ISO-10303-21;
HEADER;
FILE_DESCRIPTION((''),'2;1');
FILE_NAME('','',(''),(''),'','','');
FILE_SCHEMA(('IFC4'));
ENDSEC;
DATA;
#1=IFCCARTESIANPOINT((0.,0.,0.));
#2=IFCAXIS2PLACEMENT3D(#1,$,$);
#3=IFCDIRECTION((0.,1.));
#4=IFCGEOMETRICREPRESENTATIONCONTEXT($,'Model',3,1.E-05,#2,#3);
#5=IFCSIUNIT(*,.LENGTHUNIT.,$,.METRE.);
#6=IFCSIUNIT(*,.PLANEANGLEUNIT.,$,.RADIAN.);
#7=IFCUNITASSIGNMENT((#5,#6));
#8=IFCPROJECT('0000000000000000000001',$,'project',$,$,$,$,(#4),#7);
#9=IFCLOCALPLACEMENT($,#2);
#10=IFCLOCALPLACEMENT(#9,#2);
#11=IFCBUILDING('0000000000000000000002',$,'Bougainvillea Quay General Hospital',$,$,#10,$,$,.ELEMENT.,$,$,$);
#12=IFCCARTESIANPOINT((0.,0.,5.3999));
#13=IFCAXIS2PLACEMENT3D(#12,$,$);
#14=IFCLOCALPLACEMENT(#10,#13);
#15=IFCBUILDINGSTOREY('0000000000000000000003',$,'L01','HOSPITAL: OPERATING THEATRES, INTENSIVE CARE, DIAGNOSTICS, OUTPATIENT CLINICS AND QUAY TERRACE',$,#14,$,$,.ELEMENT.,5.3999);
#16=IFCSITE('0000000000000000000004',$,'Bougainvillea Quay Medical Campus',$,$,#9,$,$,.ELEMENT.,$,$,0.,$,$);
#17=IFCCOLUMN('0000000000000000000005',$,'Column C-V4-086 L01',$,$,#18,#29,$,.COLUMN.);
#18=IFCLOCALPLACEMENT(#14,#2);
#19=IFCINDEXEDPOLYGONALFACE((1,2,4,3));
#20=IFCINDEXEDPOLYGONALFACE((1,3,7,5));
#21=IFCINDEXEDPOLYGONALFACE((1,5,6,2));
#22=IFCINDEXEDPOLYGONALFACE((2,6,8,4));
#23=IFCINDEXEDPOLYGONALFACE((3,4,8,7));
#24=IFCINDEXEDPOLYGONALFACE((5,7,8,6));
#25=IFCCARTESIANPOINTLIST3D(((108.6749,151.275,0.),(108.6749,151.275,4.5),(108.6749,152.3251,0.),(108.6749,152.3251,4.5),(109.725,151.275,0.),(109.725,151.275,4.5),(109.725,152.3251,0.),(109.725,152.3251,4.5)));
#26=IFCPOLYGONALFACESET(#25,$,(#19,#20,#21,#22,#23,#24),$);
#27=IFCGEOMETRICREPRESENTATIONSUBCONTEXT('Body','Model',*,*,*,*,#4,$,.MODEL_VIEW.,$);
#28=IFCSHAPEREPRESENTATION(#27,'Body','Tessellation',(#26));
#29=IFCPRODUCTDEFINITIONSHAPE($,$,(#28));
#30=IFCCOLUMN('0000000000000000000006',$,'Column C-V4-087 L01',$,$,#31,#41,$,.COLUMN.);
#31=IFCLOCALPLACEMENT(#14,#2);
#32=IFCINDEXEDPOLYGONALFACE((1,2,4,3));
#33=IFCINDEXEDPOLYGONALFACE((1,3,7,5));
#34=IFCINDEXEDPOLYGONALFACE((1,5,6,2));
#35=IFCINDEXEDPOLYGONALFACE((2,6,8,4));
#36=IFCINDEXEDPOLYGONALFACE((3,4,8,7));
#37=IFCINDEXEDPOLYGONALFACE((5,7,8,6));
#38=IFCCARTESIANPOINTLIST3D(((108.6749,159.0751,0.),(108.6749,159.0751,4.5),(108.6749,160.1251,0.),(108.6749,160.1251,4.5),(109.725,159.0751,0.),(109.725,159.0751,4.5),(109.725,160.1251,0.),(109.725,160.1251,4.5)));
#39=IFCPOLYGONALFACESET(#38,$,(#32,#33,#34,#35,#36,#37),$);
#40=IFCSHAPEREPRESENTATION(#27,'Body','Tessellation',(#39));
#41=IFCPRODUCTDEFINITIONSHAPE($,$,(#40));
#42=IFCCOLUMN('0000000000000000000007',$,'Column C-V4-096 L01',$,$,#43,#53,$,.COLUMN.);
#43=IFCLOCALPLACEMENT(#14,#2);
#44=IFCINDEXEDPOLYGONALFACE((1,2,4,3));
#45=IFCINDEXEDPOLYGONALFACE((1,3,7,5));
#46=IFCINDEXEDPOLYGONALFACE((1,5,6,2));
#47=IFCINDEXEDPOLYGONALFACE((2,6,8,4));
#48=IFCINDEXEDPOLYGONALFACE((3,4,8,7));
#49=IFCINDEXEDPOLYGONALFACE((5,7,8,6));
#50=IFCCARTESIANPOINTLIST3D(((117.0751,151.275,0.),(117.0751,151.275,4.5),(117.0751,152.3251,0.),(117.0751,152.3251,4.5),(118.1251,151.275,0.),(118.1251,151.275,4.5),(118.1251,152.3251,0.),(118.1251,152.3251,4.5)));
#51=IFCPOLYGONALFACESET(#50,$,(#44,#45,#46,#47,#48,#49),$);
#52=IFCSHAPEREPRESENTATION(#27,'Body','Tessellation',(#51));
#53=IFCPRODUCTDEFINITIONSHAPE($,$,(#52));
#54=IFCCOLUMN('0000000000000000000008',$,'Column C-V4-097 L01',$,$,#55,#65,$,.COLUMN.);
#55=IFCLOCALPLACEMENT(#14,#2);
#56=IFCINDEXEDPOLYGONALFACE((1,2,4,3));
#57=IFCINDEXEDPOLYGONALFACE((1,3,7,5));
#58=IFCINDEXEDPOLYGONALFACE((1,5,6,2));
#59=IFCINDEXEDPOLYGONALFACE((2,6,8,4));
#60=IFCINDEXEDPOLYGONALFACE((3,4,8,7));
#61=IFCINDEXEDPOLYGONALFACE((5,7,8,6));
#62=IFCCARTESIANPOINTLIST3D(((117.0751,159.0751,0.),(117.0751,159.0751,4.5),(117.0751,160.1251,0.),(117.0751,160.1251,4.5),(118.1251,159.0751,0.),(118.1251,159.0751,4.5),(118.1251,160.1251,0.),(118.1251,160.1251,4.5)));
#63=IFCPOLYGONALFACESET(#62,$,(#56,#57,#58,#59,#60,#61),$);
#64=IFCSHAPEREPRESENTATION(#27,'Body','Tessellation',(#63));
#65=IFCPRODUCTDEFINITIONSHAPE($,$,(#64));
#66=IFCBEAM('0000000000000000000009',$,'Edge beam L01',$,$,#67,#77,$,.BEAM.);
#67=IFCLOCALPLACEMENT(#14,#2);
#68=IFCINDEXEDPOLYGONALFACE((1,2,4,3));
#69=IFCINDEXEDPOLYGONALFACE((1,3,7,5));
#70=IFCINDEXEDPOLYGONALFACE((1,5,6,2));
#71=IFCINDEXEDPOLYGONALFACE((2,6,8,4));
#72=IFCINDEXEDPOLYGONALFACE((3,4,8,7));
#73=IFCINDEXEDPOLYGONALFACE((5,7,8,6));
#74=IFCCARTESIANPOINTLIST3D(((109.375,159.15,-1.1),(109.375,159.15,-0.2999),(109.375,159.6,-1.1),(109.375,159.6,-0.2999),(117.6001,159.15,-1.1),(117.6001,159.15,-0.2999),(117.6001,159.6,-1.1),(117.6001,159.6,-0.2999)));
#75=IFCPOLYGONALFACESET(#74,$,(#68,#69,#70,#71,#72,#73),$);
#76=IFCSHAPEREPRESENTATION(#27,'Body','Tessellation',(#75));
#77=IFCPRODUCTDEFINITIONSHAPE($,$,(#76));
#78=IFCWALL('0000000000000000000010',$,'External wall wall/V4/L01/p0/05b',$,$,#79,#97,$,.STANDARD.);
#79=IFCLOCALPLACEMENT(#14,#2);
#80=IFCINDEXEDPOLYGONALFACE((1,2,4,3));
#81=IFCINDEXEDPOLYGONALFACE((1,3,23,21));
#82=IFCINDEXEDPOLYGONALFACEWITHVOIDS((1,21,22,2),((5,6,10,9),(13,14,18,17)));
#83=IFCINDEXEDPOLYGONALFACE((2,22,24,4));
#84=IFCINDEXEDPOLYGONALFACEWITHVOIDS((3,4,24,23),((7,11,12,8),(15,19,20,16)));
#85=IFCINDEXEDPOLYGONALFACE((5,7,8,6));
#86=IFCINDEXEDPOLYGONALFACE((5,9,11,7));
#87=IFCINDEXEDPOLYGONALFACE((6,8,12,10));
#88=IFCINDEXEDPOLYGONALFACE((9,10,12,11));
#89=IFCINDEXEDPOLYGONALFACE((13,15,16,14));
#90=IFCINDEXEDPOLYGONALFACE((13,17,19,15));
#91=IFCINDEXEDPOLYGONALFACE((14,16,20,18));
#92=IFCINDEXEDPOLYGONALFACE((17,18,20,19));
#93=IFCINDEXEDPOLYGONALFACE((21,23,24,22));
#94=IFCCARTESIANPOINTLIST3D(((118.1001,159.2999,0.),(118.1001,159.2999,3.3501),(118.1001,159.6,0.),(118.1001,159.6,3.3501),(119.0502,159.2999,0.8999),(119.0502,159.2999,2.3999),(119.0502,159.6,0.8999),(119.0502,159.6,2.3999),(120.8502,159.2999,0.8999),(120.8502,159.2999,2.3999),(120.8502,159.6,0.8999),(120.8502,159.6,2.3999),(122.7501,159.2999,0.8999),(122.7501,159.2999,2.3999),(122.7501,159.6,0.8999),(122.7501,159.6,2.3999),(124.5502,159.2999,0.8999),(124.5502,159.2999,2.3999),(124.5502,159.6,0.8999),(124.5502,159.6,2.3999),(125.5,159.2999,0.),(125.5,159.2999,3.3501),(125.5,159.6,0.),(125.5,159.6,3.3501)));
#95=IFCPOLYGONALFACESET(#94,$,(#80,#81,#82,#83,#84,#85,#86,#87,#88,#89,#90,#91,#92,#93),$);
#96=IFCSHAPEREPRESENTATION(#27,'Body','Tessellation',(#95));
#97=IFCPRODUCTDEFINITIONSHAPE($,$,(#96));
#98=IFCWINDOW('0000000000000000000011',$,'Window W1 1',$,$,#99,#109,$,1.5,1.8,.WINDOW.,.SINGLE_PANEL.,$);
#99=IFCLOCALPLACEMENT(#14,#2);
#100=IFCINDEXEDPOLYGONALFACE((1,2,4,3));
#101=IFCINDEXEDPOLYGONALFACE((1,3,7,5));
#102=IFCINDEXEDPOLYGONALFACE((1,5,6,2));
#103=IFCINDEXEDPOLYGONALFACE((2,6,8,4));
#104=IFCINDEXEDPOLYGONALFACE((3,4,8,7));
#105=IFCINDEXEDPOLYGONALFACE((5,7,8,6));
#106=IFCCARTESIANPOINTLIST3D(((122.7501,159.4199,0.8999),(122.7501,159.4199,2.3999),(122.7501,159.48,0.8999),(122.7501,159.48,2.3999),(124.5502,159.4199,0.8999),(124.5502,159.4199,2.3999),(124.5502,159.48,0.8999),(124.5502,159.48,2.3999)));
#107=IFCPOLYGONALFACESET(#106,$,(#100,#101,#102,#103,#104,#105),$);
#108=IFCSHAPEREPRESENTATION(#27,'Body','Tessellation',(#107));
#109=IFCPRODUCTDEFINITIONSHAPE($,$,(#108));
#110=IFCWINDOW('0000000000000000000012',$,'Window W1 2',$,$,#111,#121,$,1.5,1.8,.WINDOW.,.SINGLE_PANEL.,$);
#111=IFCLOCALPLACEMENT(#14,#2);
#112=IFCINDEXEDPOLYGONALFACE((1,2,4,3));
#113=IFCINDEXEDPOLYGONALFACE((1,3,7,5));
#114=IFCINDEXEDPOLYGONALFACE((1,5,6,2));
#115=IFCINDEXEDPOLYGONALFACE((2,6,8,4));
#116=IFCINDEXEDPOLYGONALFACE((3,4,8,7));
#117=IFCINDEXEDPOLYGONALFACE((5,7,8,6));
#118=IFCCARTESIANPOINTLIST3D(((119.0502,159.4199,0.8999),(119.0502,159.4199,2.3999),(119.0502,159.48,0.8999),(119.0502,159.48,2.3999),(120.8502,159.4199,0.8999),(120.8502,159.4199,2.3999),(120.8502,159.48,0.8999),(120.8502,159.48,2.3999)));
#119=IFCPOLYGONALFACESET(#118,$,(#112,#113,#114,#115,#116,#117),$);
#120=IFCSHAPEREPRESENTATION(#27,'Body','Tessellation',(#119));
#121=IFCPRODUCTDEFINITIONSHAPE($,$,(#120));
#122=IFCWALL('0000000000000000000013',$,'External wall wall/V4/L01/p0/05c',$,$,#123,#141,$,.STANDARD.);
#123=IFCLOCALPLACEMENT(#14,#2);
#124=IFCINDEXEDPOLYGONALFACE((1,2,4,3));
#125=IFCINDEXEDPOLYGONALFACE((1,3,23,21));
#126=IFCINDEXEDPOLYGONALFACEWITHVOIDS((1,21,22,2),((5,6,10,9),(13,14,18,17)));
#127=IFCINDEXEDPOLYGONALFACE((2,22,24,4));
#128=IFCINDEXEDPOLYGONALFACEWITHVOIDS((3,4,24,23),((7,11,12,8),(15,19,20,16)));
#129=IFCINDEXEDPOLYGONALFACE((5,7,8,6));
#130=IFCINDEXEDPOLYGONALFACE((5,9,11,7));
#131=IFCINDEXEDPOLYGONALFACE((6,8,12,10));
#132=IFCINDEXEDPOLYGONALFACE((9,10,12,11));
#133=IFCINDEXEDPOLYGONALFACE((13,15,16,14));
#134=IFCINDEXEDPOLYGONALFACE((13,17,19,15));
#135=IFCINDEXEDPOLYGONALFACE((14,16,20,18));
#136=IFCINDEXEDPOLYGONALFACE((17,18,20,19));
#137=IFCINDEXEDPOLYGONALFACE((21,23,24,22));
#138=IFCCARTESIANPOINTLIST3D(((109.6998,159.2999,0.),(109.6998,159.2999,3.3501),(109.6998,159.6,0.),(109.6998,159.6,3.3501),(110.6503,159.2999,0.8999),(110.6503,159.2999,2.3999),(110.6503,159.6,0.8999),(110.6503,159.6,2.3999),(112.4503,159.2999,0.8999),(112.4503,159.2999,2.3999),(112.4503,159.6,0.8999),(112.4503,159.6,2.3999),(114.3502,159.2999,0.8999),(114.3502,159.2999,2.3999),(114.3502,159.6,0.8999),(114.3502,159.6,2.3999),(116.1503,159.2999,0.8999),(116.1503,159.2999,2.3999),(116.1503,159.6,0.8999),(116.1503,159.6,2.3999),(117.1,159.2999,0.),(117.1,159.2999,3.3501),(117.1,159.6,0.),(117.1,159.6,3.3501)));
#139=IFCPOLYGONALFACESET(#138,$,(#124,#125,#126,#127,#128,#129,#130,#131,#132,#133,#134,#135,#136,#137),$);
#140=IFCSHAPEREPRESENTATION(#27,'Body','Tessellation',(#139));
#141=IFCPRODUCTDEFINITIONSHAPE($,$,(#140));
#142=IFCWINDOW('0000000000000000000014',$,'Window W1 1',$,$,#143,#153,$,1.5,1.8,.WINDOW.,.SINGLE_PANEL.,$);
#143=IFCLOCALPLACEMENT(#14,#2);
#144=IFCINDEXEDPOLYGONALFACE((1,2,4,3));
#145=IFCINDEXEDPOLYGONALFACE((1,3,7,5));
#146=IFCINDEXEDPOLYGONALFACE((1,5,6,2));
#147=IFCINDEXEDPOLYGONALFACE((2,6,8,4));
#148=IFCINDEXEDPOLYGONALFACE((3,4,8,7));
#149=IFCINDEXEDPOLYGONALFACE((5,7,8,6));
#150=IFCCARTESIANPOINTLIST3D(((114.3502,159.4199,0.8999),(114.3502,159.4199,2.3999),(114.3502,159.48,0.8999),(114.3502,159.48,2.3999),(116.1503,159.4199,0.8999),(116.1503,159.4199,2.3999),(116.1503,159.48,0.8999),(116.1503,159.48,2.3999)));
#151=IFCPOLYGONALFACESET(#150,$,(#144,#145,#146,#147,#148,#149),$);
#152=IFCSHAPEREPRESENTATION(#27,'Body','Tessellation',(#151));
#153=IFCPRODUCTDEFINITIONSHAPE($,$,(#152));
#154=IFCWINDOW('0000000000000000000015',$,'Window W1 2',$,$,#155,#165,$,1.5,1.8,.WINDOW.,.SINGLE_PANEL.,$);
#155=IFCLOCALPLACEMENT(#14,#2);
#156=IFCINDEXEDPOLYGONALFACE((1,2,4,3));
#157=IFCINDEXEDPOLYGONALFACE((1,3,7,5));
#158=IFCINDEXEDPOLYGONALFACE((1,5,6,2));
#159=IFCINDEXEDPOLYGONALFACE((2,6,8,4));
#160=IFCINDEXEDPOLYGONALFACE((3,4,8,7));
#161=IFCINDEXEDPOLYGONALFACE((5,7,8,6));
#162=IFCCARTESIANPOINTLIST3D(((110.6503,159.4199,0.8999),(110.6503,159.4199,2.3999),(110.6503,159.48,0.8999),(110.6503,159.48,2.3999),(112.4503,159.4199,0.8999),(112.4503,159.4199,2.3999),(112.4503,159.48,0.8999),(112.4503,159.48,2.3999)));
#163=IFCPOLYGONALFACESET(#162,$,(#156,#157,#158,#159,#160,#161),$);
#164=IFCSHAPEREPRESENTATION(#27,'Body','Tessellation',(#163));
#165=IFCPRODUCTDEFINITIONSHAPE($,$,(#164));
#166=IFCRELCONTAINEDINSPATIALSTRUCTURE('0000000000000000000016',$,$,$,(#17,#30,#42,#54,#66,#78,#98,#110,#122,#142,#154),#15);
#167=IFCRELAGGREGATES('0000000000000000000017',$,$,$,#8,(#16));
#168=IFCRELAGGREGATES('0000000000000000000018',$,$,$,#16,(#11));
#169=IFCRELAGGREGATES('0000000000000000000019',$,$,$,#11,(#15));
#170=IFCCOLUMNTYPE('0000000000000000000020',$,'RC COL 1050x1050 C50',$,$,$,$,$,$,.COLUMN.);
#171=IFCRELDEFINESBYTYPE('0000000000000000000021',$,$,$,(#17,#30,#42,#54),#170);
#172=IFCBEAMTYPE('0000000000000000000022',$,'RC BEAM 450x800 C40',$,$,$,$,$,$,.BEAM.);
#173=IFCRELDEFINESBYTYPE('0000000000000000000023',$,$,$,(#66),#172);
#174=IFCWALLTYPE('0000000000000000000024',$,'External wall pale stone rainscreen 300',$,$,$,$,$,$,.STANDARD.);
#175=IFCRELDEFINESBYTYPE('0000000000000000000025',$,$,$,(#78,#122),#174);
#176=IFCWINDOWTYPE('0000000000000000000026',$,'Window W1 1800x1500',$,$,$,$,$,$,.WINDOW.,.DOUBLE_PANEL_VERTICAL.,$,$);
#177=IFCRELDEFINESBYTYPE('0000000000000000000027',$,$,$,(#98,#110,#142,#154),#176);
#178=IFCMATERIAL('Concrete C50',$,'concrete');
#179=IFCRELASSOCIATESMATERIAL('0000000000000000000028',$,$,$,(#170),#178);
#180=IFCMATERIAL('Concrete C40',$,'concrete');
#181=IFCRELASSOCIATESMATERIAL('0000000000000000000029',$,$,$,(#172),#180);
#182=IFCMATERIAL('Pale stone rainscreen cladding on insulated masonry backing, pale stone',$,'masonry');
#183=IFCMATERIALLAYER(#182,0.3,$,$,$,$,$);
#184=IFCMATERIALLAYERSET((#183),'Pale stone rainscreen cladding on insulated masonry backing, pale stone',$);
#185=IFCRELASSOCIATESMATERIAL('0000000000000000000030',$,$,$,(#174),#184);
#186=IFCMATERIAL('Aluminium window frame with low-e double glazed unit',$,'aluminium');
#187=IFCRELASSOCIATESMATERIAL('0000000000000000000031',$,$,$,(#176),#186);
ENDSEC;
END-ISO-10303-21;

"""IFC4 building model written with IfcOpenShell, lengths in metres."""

from ifc_helpers import new_model, si_unit, direction, frame, frame_2d, origin, origin_2d, place, context, subcontext, project, spatial, rectangle, extrude, material, layer, layer_set, material_profile, profile_set, type_object, element, fill, save


model = new_model("IFC4")

# Units and contexts
model_context = context("Model", 3, precision=1e-05, world=origin(), true_north=direction((0.0, 1.0)))
body_context = subcontext(model_context, "Body", "Model", "MODEL_VIEW")
ifc_project = project(units=[si_unit("LENGTHUNIT", "METRE"), si_unit("PLANEANGLEUNIT", "RADIAN")], contexts=[model_context])

# Site, building, storey
site_placement = place(None, origin())
site = spatial("IfcSite", under=ifc_project, at=site_placement, Name="Bougainvillea Quay Medical Campus", CompositionType="ELEMENT", RefElevation=0.0)
building_placement = place(site_placement, origin())
building = spatial("IfcBuilding", under=site, at=building_placement, Name="Bougainvillea Quay General Hospital", CompositionType="ELEMENT")
storey_placement = place(building_placement, frame((0.0, 0.0, 5.3999)))
storey = spatial("IfcBuildingStorey", under=building, at=storey_placement, Name="L01", Description="HOSPITAL: OPERATING THEATRES, INTENSIVE CARE, DIAGNOSTICS, OUTPATIENT CLINICS AND QUAY TERRACE", CompositionType="ELEMENT", Elevation=5.3999)

# Columns
ifc_material_1 = material(Name="Concrete C50", Category="concrete")
ifc_material_profile_1 = material_profile(ifc_material_1, rectangle(XDim=1.05, YDim=1.05, at=origin_2d()))
ifc_profile_set_1 = profile_set([ifc_material_profile_1], Name="Concrete C50")
column_type = type_object("IfcColumnType", Name="RC COL 1050x1050 C50", PredefinedType="COLUMN", material=ifc_profile_set_1)
for number, where, z_axis, x_axis, name in (
    (1, (109.2, 151.8, 0.0), (0.0, 0.0, 1.0), (1.0, 0.0, 0.0), "Column C-V4-086 L01"),
    (2, (109.2, 159.6001, 0.0), (0.0, 0.0, 1.0), (1.0, 0.0, 0.0), "Column C-V4-087 L01"),
    (3, (117.6001, 151.8, 0.0), (0.0, 0.0, 1.0), (1.0, 0.0, 0.0), "Column C-V4-096 L01"),
    (4, (117.6001, 159.6001, 0.0), (0.0, 0.0, 1.0), (1.0, 0.0, 0.0), "Column C-V4-097 L01"),
):
    element("IfcColumn", number, at=place(storey_placement, frame(where, z_axis=z_axis, x_axis=x_axis)), inside=storey, type_object=column_type, Name=name, PredefinedType="COLUMN", context=body_context, shape_type="SweptSolid", body=[
        extrude(rectangle(XDim=1.05, YDim=1.05, at=origin_2d()), origin(), (0.0, 0.0, 1.0), 4.5),
    ])

# Beam
ifc_material_2 = material(Name="Concrete C40", Category="concrete")
ifc_material_profile_2 = material_profile(ifc_material_2, rectangle(XDim=0.45, YDim=0.8, at=origin_2d()))
ifc_profile_set_2 = profile_set([ifc_material_profile_2], Name="Concrete C40")
beam_type = type_object("IfcBeamType", Name="RC BEAM 450x800 C40", PredefinedType="BEAM", material=ifc_profile_set_2)
beam_placement = place(storey_placement, frame((117.6001, 159.375, -0.7), z_axis=(-1.0, 0.0, 0.0), x_axis=(0.0, -1.0, 0.0)))
element("IfcBeam", 5, at=beam_placement, inside=storey, type_object=beam_type, Name="Edge beam L01", PredefinedType="BEAM", context=body_context, shape_type="SweptSolid", body=[
    extrude(rectangle(XDim=0.45, YDim=0.8, at=origin_2d()), origin(), (0.0, 0.0, 1.0), 8.2251),
])

# Walls, openings, windows
ifc_material_3 = material(Name="Pale stone rainscreen cladding on insulated masonry backing, pale stone", Category="masonry")
ifc_layer_1 = layer(ifc_material_3, 0.3)
ifc_layer_set_1 = layer_set([ifc_layer_1], Name="Pale stone rainscreen cladding on insulated masonry backing, pale stone")
wall_type_1 = type_object("IfcWallType", Name="External wall pale stone rainscreen 300", PredefinedType="STANDARD", material=ifc_layer_set_1)
wall_1_placement = place(storey_placement, frame((125.5, 159.45, 0.0), z_axis=(0.0, 0.0, 1.0), x_axis=(-1.0, 0.0, 0.0)))
wall_1 = element("IfcWall", 6, at=wall_1_placement, inside=storey, type_object=wall_type_1, Name="External wall wall/V4/L01/p0/05b", PredefinedType="STANDARD", context=body_context, shape_type="SweptSolid", body=[
    extrude(rectangle(XDim=7.3999, YDim=0.3, at=frame_2d((3.7, 0.0))), origin(), (0.0, 0.0, 1.0), 3.3501),
])
opening_1_placement = place(wall_1_placement, frame((0.95, 0.0, 0.8999)))
opening_1 = element("IfcOpeningElement", 7, at=opening_1_placement, cuts=wall_1, PredefinedType="OPENING", context=body_context, shape_type="SweptSolid", body=[
    extrude(rectangle(XDim=1.8, YDim=1.5, at=frame_2d((0.8999, 0.75))), frame((0.0, 0.1599, 0.0), z_axis=(0.0, -1.0, 0.0), x_axis=(1.0, 0.0, 0.0)), (0.0, 0.0, 1.0), 0.3201),
])
opening_2_placement = place(wall_1_placement, frame((4.6499, 0.0, 0.8999)))
opening_2 = element("IfcOpeningElement", 8, at=opening_2_placement, cuts=wall_1, PredefinedType="OPENING", context=body_context, shape_type="SweptSolid", body=[
    extrude(rectangle(XDim=1.8, YDim=1.5, at=frame_2d((0.8999, 0.75))), frame((0.0, 0.1599, 0.0), z_axis=(0.0, -1.0, 0.0), x_axis=(1.0, 0.0, 0.0)), (0.0, 0.0, 1.0), 0.3201),
])
ifc_material_4 = material(Name="Aluminium window frame with low-e double glazed unit", Category="aluminium")
window_type = type_object("IfcWindowType", Name="Window W1 1800x1500", PartitioningType="DOUBLE_PANEL_VERTICAL", PredefinedType="WINDOW", material=ifc_material_4)
window_1_placement = place(opening_1_placement, origin())
window_1 = element("IfcWindow", 9, at=window_1_placement, inside=storey, type_object=window_type, Name="Window W1 1", OverallHeight=1.5, OverallWidth=1.8, PartitioningType="SINGLE_PANEL", PredefinedType="WINDOW", context=body_context, shape_type="SweptSolid", body=[
    extrude(rectangle(XDim=1.8, YDim=1.5, at=frame_2d((0.8999, 0.75))), frame((0.0, 0.03, 0.0), z_axis=(0.0, -1.0, 0.0), x_axis=(1.0, 0.0, 0.0)), (0.0, 0.0, 1.0), 0.0601),
])
fill(opening_1, window_1)
window_2_placement = place(opening_2_placement, origin())
window_2 = element("IfcWindow", 10, at=window_2_placement, inside=storey, type_object=window_type, Name="Window W1 2", OverallHeight=1.5, OverallWidth=1.8, PartitioningType="SINGLE_PANEL", PredefinedType="WINDOW", context=body_context, shape_type="SweptSolid", body=[
    extrude(rectangle(XDim=1.8, YDim=1.5, at=frame_2d((0.8999, 0.75))), frame((0.0, 0.03, 0.0), z_axis=(0.0, -1.0, 0.0), x_axis=(1.0, 0.0, 0.0)), (0.0, 0.0, 1.0), 0.0601),
])
fill(opening_2, window_2)
wall_2_placement = place(storey_placement, frame((117.1001, 159.45, 0.0), z_axis=(0.0, 0.0, 1.0), x_axis=(-1.0, 0.0, 0.0)))
wall_2 = element("IfcWall", 11, at=wall_2_placement, inside=storey, type_object=wall_type_1, Name="External wall wall/V4/L01/p0/05c", PredefinedType="STANDARD", context=body_context, shape_type="SweptSolid", body=[
    extrude(rectangle(XDim=7.4001, YDim=0.3, at=frame_2d((3.7002, 0.0))), origin(), (0.0, 0.0, 1.0), 3.3501),
])
opening_3_placement = place(wall_2_placement, frame((0.95, 0.0, 0.8999)))
opening_3 = element("IfcOpeningElement", 12, at=opening_3_placement, cuts=wall_2, PredefinedType="OPENING", context=body_context, shape_type="SweptSolid", body=[
    extrude(rectangle(XDim=1.8, YDim=1.5, at=frame_2d((0.8999, 0.75))), frame((0.0, 0.1599, 0.0), z_axis=(0.0, -1.0, 0.0), x_axis=(1.0, 0.0, 0.0)), (0.0, 0.0, 1.0), 0.3201),
])
opening_4_placement = place(wall_2_placement, frame((4.6499, 0.0, 0.8999)))
opening_4 = element("IfcOpeningElement", 13, at=opening_4_placement, cuts=wall_2, PredefinedType="OPENING", context=body_context, shape_type="SweptSolid", body=[
    extrude(rectangle(XDim=1.8, YDim=1.5, at=frame_2d((0.8999, 0.75))), frame((0.0, 0.1599, 0.0), z_axis=(0.0, -1.0, 0.0), x_axis=(1.0, 0.0, 0.0)), (0.0, 0.0, 1.0), 0.3201),
])
window_3_placement = place(opening_3_placement, origin())
window_3 = element("IfcWindow", 14, at=window_3_placement, inside=storey, type_object=window_type, Name="Window W1 1", OverallHeight=1.5, OverallWidth=1.8, PartitioningType="SINGLE_PANEL", PredefinedType="WINDOW", context=body_context, shape_type="SweptSolid", body=[
    extrude(rectangle(XDim=1.8, YDim=1.5, at=frame_2d((0.8999, 0.75))), frame((0.0, 0.03, 0.0), z_axis=(0.0, -1.0, 0.0), x_axis=(1.0, 0.0, 0.0)), (0.0, 0.0, 1.0), 0.0601),
])
fill(opening_3, window_3)
window_4_placement = place(opening_4_placement, origin())
window_4 = element("IfcWindow", 15, at=window_4_placement, inside=storey, type_object=window_type, Name="Window W1 2", OverallHeight=1.5, OverallWidth=1.8, PartitioningType="SINGLE_PANEL", PredefinedType="WINDOW", context=body_context, shape_type="SweptSolid", body=[
    extrude(rectangle(XDim=1.8, YDim=1.5, at=frame_2d((0.8999, 0.75))), frame((0.0, 0.03, 0.0), z_axis=(0.0, -1.0, 0.0), x_axis=(1.0, 0.0, 0.0)), (0.0, 0.0, 1.0), 0.0601),
])
fill(opening_4, window_4)

save(model, "model.ifc")
